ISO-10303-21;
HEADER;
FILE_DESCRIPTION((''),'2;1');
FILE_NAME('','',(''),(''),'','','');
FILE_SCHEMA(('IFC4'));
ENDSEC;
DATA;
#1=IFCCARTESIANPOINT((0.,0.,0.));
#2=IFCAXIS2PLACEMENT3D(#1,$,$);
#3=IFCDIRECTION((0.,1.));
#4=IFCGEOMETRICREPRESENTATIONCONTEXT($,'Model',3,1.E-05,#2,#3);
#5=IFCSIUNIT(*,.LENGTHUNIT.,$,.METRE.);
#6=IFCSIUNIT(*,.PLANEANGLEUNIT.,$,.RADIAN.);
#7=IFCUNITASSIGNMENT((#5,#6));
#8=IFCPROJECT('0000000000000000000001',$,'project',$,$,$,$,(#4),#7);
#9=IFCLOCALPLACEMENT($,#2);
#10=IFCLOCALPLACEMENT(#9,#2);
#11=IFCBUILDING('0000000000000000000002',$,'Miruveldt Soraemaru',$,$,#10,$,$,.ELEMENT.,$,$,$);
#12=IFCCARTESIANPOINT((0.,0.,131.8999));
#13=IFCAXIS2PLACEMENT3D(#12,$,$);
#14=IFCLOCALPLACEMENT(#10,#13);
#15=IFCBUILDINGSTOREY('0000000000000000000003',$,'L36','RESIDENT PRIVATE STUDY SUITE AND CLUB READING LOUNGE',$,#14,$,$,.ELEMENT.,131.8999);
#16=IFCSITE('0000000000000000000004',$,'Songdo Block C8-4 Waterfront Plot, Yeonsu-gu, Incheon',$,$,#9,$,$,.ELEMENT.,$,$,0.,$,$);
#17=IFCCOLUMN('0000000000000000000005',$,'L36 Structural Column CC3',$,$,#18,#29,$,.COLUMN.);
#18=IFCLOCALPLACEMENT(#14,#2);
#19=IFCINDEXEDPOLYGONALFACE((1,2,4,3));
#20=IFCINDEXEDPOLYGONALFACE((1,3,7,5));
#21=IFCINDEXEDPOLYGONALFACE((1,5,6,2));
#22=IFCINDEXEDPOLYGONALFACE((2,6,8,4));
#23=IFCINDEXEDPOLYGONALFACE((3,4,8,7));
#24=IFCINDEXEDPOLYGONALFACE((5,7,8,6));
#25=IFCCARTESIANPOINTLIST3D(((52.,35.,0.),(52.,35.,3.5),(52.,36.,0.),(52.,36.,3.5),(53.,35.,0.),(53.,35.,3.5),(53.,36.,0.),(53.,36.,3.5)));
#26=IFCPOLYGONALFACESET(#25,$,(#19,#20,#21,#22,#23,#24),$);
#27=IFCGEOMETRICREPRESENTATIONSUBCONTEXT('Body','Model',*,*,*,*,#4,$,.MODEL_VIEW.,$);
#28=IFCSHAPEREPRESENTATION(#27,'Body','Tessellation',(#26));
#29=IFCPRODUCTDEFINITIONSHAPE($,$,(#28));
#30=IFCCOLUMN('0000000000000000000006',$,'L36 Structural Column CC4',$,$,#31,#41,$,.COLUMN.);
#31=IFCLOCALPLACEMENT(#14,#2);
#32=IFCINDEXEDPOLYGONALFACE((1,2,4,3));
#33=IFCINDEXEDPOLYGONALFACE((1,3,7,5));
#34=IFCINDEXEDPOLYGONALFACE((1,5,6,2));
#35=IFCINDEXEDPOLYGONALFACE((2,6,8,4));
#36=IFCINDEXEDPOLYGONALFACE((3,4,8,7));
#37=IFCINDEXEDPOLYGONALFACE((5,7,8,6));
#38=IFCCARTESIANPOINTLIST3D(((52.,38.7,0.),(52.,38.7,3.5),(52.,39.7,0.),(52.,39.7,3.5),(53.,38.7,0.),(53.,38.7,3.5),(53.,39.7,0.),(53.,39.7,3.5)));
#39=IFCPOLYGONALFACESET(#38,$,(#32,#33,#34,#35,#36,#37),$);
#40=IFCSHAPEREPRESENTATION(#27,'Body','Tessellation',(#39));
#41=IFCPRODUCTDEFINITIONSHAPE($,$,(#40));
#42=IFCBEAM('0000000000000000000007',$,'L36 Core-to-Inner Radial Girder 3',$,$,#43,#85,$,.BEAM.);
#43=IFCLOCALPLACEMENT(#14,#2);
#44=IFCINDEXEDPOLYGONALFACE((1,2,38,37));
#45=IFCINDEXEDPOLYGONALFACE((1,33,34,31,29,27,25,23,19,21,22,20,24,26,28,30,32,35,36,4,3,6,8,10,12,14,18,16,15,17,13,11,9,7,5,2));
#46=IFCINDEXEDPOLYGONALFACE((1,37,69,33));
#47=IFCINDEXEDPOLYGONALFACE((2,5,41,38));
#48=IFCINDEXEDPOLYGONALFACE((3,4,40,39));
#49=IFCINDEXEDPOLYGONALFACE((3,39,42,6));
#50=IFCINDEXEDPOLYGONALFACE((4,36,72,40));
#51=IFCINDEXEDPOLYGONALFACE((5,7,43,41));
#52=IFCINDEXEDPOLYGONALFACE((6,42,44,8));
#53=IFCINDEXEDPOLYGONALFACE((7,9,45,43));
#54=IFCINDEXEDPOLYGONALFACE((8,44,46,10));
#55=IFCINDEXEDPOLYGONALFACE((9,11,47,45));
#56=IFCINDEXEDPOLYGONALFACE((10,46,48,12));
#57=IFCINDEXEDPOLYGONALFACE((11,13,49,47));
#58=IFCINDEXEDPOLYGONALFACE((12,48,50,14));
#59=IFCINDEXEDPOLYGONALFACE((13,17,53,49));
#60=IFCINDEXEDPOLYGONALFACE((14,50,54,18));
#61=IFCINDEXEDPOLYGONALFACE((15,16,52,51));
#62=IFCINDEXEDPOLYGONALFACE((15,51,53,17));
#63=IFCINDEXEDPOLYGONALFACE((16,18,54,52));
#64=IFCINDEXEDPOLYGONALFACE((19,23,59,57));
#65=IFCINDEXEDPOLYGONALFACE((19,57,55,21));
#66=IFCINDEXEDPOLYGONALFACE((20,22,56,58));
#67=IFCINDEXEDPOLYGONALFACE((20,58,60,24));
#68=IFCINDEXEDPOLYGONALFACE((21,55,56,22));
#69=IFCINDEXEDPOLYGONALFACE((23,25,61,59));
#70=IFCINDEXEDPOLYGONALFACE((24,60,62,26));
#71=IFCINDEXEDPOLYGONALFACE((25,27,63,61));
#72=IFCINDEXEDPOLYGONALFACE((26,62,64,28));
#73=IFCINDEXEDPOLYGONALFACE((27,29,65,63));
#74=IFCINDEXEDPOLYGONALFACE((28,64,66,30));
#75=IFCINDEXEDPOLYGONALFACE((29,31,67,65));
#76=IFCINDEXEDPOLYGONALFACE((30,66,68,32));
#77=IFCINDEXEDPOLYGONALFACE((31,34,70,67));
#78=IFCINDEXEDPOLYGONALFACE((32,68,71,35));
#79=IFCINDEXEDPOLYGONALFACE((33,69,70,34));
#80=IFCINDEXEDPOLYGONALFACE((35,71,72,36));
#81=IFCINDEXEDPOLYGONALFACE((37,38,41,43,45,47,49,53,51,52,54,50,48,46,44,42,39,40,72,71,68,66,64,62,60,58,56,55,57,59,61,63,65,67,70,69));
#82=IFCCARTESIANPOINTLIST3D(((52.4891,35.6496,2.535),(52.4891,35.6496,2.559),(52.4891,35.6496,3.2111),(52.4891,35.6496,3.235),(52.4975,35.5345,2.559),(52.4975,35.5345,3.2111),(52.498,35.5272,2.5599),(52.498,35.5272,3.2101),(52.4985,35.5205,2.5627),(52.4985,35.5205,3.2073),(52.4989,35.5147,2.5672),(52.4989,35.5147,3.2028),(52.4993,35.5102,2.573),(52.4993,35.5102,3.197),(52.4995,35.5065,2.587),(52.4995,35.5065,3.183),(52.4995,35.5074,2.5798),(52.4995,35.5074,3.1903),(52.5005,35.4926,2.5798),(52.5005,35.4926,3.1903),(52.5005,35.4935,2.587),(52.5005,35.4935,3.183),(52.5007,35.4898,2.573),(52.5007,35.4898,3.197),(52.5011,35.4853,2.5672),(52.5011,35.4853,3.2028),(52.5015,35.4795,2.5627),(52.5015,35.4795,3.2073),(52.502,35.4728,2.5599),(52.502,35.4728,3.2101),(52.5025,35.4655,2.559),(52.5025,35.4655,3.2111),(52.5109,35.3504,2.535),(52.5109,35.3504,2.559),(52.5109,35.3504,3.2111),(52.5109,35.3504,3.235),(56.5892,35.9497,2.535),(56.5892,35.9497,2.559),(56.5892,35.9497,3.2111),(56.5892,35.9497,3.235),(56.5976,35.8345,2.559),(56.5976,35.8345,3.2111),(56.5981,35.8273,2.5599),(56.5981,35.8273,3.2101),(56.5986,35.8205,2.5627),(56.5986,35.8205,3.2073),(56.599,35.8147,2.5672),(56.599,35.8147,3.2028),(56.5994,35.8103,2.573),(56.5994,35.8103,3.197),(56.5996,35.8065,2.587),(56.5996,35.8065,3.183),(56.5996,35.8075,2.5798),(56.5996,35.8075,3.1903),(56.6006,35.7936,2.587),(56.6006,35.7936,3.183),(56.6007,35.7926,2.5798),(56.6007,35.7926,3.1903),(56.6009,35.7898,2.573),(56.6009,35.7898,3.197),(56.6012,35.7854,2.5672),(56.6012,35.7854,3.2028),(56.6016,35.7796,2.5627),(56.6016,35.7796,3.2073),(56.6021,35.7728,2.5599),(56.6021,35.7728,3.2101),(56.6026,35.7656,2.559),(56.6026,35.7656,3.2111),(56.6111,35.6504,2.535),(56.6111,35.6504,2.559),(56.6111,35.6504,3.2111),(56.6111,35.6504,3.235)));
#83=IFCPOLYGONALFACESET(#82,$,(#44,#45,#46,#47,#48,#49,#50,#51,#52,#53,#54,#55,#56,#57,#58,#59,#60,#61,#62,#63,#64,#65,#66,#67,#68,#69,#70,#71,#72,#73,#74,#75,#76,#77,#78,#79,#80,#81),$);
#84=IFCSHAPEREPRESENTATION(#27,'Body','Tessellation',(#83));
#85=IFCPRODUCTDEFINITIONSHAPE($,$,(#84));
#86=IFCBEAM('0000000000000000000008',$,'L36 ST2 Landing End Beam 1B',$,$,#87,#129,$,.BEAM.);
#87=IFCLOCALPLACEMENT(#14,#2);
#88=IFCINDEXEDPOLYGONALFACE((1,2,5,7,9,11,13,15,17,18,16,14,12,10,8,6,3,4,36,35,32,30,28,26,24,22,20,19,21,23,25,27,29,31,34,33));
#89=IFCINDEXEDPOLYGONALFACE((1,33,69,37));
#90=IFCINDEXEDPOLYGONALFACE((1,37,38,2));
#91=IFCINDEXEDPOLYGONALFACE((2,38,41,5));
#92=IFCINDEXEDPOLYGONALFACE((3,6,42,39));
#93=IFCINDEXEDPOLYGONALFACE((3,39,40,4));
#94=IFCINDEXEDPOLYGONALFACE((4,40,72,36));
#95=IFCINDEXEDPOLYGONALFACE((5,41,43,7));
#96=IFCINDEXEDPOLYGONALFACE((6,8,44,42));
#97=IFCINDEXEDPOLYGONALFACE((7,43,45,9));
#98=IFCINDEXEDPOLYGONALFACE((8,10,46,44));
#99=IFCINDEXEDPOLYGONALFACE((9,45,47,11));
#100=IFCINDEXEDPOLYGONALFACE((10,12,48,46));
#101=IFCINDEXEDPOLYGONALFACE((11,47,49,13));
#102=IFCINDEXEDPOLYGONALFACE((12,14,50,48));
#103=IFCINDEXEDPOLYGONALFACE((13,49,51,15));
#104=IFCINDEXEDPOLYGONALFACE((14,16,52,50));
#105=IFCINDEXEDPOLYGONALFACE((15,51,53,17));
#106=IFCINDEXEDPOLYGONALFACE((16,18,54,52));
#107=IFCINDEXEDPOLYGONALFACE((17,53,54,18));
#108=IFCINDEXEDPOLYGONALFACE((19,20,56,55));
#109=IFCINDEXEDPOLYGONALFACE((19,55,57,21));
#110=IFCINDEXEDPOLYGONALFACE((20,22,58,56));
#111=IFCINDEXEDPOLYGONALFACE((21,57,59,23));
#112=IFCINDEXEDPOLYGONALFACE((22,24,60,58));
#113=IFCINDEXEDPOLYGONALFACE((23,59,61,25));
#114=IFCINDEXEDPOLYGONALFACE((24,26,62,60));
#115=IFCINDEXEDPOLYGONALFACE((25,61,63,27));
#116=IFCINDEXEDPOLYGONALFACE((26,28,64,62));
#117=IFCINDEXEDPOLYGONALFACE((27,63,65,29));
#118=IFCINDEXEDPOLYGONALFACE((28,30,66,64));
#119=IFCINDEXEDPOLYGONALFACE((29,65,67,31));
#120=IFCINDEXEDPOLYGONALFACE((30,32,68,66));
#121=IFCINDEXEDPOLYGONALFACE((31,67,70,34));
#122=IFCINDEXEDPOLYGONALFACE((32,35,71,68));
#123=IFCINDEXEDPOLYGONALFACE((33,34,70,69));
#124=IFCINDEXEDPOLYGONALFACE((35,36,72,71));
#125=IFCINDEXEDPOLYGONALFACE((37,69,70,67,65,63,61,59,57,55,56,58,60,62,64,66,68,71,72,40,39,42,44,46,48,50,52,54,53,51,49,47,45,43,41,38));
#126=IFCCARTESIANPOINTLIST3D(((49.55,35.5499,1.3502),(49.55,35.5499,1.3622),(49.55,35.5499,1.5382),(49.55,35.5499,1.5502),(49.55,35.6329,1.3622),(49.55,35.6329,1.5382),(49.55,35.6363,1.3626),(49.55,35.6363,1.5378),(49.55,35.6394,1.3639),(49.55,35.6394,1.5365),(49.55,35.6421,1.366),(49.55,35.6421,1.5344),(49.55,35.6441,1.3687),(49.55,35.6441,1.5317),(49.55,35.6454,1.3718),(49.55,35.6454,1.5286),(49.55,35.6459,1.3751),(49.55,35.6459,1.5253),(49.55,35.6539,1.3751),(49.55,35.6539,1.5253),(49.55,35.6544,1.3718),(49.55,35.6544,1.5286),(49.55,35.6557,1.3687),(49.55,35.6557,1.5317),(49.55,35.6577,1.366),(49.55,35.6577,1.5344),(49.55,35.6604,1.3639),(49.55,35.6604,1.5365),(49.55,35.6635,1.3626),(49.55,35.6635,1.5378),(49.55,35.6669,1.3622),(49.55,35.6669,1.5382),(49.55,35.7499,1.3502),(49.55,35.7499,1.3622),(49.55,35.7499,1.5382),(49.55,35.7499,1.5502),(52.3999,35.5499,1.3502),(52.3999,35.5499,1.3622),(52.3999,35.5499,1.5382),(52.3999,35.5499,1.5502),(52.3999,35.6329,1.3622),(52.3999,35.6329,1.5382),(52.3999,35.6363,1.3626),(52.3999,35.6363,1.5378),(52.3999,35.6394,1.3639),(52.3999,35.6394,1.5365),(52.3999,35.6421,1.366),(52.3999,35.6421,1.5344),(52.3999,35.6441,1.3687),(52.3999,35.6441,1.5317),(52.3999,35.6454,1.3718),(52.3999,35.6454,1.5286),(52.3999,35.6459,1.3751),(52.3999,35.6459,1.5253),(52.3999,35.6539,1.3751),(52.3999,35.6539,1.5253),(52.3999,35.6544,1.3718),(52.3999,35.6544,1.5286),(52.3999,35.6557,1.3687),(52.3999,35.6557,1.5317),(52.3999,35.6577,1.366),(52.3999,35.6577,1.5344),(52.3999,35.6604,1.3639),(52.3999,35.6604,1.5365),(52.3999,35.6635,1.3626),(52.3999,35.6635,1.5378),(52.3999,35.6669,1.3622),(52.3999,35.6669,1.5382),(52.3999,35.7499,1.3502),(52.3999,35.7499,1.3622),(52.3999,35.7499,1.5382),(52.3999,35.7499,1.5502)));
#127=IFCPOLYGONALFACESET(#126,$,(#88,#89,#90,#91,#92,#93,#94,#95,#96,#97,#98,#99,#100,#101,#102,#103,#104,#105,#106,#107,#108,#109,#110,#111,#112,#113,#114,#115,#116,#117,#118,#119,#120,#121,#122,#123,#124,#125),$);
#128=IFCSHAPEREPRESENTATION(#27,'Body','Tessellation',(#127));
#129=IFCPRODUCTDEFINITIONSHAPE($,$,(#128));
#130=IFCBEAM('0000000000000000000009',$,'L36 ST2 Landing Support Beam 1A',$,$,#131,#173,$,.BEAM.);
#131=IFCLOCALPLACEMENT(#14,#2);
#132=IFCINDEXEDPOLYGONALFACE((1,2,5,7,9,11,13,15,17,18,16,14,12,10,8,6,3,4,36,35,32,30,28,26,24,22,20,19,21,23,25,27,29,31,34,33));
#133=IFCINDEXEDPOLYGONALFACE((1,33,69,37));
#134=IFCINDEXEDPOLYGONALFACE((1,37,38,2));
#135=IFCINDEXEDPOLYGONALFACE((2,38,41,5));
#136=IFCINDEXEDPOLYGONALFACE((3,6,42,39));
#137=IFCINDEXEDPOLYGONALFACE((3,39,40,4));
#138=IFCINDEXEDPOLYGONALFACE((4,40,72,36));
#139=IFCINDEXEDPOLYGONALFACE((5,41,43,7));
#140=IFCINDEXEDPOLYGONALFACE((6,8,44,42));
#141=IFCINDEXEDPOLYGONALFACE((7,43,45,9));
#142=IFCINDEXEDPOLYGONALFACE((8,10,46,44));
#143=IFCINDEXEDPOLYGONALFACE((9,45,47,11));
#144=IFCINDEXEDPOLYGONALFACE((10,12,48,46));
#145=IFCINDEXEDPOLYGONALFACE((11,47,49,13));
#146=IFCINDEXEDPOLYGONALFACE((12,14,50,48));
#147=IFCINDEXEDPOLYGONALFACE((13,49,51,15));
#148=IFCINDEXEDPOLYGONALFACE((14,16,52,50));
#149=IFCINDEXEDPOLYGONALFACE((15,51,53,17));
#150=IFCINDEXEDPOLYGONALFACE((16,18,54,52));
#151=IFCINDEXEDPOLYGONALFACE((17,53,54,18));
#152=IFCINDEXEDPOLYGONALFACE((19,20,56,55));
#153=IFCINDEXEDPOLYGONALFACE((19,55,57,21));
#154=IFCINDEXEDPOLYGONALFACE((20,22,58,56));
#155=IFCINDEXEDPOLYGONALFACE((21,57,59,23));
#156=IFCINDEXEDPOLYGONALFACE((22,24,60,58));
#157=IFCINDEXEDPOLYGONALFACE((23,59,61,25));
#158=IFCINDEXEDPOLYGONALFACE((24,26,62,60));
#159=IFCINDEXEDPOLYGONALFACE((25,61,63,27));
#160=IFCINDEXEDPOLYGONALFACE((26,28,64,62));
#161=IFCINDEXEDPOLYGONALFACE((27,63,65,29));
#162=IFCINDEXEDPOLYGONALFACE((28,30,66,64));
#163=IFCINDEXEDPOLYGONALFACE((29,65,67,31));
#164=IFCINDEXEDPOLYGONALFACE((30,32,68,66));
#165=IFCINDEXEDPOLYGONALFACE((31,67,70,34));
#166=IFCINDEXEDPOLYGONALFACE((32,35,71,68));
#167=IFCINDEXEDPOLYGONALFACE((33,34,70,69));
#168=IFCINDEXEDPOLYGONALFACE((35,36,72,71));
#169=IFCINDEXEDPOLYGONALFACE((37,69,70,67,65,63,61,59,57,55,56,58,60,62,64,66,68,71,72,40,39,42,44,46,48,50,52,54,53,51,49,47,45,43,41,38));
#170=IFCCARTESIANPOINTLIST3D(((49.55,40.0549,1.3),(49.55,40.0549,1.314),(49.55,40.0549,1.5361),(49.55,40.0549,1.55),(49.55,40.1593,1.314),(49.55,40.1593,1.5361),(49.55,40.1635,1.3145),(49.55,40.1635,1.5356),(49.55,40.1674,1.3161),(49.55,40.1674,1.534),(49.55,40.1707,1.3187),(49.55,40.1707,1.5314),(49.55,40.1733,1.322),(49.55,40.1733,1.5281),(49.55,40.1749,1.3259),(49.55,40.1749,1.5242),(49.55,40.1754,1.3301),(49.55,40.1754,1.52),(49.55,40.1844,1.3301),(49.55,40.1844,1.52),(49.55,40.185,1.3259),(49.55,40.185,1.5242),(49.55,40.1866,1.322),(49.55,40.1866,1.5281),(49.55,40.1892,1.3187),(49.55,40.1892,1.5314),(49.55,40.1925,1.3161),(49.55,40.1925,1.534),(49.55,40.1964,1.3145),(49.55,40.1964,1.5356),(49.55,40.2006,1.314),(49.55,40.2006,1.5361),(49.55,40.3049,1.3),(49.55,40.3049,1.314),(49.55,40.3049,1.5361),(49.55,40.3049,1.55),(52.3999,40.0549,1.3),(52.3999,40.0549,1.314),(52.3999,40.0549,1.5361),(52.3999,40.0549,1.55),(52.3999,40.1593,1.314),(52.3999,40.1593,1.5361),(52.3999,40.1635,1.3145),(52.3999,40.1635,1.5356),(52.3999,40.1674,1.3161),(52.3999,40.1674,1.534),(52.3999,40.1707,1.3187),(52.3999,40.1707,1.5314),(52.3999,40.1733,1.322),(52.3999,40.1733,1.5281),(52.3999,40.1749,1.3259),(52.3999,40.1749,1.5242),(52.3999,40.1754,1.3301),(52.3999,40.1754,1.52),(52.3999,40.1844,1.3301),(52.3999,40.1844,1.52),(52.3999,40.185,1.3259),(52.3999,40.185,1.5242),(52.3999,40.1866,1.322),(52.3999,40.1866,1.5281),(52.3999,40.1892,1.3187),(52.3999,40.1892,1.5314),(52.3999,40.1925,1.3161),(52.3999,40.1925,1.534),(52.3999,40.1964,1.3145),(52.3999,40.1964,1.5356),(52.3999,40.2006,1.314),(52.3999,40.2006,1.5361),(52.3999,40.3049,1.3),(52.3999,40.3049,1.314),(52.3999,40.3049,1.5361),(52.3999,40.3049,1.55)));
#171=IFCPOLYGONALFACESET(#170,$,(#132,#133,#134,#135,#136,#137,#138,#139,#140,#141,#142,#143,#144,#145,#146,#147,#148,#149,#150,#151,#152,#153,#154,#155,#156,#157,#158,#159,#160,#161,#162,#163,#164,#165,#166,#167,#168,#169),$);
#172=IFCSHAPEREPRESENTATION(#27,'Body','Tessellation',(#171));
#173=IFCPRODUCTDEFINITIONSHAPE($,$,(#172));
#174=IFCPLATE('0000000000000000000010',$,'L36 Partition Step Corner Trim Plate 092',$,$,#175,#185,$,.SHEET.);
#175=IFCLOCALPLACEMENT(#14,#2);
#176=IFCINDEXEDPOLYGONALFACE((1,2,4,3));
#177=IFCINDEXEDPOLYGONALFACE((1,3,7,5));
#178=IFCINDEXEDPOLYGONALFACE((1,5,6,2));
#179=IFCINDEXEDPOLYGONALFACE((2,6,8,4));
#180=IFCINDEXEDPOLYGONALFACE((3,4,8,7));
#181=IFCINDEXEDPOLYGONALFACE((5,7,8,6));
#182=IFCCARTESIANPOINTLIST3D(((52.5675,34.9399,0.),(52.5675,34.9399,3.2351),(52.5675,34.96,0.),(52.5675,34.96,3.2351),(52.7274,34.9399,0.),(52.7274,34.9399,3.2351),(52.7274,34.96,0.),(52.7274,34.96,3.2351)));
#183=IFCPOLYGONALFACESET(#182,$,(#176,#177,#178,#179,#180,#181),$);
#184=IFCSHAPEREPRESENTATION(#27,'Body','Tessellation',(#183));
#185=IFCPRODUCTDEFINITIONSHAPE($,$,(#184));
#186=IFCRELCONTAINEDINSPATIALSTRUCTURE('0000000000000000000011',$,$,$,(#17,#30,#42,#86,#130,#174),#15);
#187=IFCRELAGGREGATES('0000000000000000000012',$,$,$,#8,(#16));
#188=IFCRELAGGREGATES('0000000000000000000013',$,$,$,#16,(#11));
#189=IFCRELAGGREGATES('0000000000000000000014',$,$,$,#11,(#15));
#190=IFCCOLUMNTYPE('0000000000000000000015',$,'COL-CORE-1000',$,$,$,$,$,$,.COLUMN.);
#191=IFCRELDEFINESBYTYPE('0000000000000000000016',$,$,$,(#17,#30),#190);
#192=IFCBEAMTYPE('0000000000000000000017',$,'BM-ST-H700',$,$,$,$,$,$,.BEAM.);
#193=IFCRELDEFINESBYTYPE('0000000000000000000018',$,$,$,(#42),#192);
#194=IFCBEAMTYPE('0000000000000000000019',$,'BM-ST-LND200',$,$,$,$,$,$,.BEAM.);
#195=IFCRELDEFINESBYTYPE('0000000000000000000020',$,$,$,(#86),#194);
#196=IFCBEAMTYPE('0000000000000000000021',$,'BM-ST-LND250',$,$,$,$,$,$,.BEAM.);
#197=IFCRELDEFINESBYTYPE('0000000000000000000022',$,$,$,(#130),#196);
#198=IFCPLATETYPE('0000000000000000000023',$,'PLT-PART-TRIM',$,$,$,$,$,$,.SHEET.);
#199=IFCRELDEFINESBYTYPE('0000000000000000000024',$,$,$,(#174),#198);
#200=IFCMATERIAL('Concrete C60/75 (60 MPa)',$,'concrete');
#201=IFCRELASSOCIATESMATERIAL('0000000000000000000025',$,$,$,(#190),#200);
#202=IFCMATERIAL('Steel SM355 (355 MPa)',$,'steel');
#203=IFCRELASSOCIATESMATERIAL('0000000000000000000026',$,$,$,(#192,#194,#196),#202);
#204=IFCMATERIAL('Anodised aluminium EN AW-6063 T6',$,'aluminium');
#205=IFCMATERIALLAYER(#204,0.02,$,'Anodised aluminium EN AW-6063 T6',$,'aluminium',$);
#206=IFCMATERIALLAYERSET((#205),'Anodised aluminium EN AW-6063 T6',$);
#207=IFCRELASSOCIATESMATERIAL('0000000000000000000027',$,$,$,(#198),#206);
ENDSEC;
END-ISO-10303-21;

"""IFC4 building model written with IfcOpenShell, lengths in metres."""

from ifc_helpers import new_model, si_unit, direction, frame, origin, origin_2d, place, context, subcontext, project, spatial, rectangle, i_section, extrude, material, layer, layer_set, material_profile, profile_set, type_object, element, save


model = new_model("IFC4")

# Units and contexts
model_context = context("Model", 3, precision=1e-05, world=origin(), true_north=direction((0.0, 1.0)))
body_context = subcontext(model_context, "Body", "Model", "MODEL_VIEW")
ifc_project = project(units=[si_unit("LENGTHUNIT", "METRE"), si_unit("PLANEANGLEUNIT", "RADIAN")], contexts=[model_context])

# Site, building, storey
site_placement = place(None, origin())
site = spatial("IfcSite", under=ifc_project, at=site_placement, Name="Songdo Block C8-4 Waterfront Plot, Yeonsu-gu, Incheon", CompositionType="ELEMENT", RefElevation=0.0)
building_placement = place(site_placement, origin())
building = spatial("IfcBuilding", under=site, at=building_placement, Name="Miruveldt Soraemaru", CompositionType="ELEMENT")
storey_placement = place(building_placement, frame((0.0, 0.0, 131.8999)))
storey = spatial("IfcBuildingStorey", under=building, at=storey_placement, Name="L36", Description="RESIDENT PRIVATE STUDY SUITE AND CLUB READING LOUNGE", CompositionType="ELEMENT", Elevation=131.8999)

# Columns
ifc_material_1 = material(Name="Concrete C60/75 (60 MPa)", Category="concrete")
ifc_material_profile_1 = material_profile(ifc_material_1, rectangle(XDim=1.0, YDim=1.0, at=origin_2d()), Name="Concrete C60/75 (60 MPa)", Category="concrete")
ifc_profile_set_1 = profile_set([ifc_material_profile_1], Name="Concrete C60/75 (60 MPa)")
column_type = type_object("IfcColumnType", Name="COL-CORE-1000", PredefinedType="COLUMN", material=ifc_profile_set_1)
for number, where, z_axis, x_axis, name in (
    (1, (52.5, 35.5, 0.0), (0.0, 0.0, 1.0), (1.0, 0.0, 0.0), "L36 Structural Column CC3"),
    (2, (52.5, 39.2, 0.0), (0.0, 0.0, 1.0), (1.0, 0.0, 0.0), "L36 Structural Column CC4"),
):
    element("IfcColumn", number, at=place(storey_placement, frame(where, z_axis=z_axis, x_axis=x_axis)), inside=storey, type_object=column_type, Name=name, PredefinedType="COLUMN", context=body_context, shape_type="SweptSolid", body=[
        extrude(rectangle(XDim=1.0, YDim=1.0, at=origin_2d()), origin(), (0.0, 0.0, 1.0), 3.5),
    ])

# Beams
ifc_material_2 = material(Name="Steel SM355 (355 MPa)", Category="steel")
ifc_material_profile_2 = material_profile(ifc_material_2, i_section(OverallWidth=0.3, OverallDepth=0.7, WebThickness=0.0129, FlangeThickness=0.0239, FilletRadius=0.0281, at=origin_2d()), Name="Steel SM355 (355 MPa)", Category="steel")
ifc_profile_set_2 = profile_set([ifc_material_profile_2], Name="Steel SM355 (355 MPa)")
beam_type_1 = type_object("IfcBeamType", Name="BM-ST-H700", PredefinedType="BEAM", material=ifc_profile_set_2)
beam_1_placement = place(storey_placement, frame((52.5, 35.5, 2.885), z_axis=(0.997333, 0.072986, 0.0), x_axis=(-0.072986, 0.997333, 0.0)))
element("IfcBeam", 3, at=beam_1_placement, inside=storey, type_object=beam_type_1, Name="L36 Core-to-Inner Radial Girder 3", PredefinedType="BEAM", context=body_context, shape_type="SweptSolid", body=[
    extrude(i_section(OverallWidth=0.3, OverallDepth=0.7, WebThickness=0.0129, FlangeThickness=0.0239, FilletRadius=0.0281, at=origin_2d()), origin(), (0.0, 0.0, 1.0), 4.1111),
])
ifc_material_profile_3 = material_profile(ifc_material_2, i_section(OverallWidth=0.2, OverallDepth=0.2, WebThickness=0.0081, FlangeThickness=0.012, FilletRadius=0.0129, at=origin_2d()), Name="Steel SM355 (355 MPa)", Category="steel")
ifc_profile_set_3 = profile_set([ifc_material_profile_3], Name="Steel SM355 (355 MPa)")
beam_type_2 = type_object("IfcBeamType", Name="BM-ST-LND200", PredefinedType="BEAM", material=ifc_profile_set_3)
beam_2_placement = place(storey_placement, frame((49.55, 35.6499, 1.4502), z_axis=(1.0, 0.0, 0.0), x_axis=(0.0, 1.0, 0.0)))
element("IfcBeam", 4, at=beam_2_placement, inside=storey, type_object=beam_type_2, Name="L36 ST2 Landing End Beam 1B", PredefinedType="BEAM", context=body_context, shape_type="SweptSolid", body=[
    extrude(i_section(OverallWidth=0.2, OverallDepth=0.2, WebThickness=0.0081, FlangeThickness=0.012, FilletRadius=0.0129, at=origin_2d()), origin(), (0.0, 0.0, 1.0), 2.8499),
])
ifc_material_profile_4 = material_profile(ifc_material_2, i_section(OverallWidth=0.25, OverallDepth=0.25, WebThickness=0.009, FlangeThickness=0.0139, FilletRadius=0.0161, at=origin_2d()), Name="Steel SM355 (355 MPa)", Category="steel")
ifc_profile_set_4 = profile_set([ifc_material_profile_4], Name="Steel SM355 (355 MPa)")
beam_type_3 = type_object("IfcBeamType", Name="BM-ST-LND250", PredefinedType="BEAM", material=ifc_profile_set_4)
beam_3_placement = place(storey_placement, frame((49.55, 40.1799, 1.425), z_axis=(1.0, 0.0, 0.0), x_axis=(0.0, 1.0, 0.0)))
element("IfcBeam", 5, at=beam_3_placement, inside=storey, type_object=beam_type_3, Name="L36 ST2 Landing Support Beam 1A", PredefinedType="BEAM", context=body_context, shape_type="SweptSolid", body=[
    extrude(i_section(OverallWidth=0.25, OverallDepth=0.25, WebThickness=0.009, FlangeThickness=0.0139, FilletRadius=0.0161, at=origin_2d()), origin(), (0.0, 0.0, 1.0), 2.8499),
])

# Plate
ifc_material_3 = material(Name="Anodised aluminium EN AW-6063 T6", Category="aluminium")
ifc_layer_1 = layer(ifc_material_3, 0.02, Name="Anodised aluminium EN AW-6063 T6", Category="aluminium")
ifc_layer_set_1 = layer_set([ifc_layer_1], Name="Anodised aluminium EN AW-6063 T6")
plate_type = type_object("IfcPlateType", Name="PLT-PART-TRIM", PredefinedType="SHEET", material=ifc_layer_set_1)
plate_placement = place(storey_placement, frame((52.6475, 34.95, 0.0), z_axis=(0.0, 0.0, 1.0), x_axis=(1.0, 0.0, 0.0)))
element("IfcPlate", 6, at=plate_placement, inside=storey, type_object=plate_type, Name="L36 Partition Step Corner Trim Plate 092", PredefinedType="SHEET", context=body_context, shape_type="SweptSolid", body=[
    extrude(rectangle(XDim=0.1599, YDim=0.02, at=origin_2d()), origin(), (0.0, 0.0, 1.0), 3.2351),
])

save(model, "model.ifc")
